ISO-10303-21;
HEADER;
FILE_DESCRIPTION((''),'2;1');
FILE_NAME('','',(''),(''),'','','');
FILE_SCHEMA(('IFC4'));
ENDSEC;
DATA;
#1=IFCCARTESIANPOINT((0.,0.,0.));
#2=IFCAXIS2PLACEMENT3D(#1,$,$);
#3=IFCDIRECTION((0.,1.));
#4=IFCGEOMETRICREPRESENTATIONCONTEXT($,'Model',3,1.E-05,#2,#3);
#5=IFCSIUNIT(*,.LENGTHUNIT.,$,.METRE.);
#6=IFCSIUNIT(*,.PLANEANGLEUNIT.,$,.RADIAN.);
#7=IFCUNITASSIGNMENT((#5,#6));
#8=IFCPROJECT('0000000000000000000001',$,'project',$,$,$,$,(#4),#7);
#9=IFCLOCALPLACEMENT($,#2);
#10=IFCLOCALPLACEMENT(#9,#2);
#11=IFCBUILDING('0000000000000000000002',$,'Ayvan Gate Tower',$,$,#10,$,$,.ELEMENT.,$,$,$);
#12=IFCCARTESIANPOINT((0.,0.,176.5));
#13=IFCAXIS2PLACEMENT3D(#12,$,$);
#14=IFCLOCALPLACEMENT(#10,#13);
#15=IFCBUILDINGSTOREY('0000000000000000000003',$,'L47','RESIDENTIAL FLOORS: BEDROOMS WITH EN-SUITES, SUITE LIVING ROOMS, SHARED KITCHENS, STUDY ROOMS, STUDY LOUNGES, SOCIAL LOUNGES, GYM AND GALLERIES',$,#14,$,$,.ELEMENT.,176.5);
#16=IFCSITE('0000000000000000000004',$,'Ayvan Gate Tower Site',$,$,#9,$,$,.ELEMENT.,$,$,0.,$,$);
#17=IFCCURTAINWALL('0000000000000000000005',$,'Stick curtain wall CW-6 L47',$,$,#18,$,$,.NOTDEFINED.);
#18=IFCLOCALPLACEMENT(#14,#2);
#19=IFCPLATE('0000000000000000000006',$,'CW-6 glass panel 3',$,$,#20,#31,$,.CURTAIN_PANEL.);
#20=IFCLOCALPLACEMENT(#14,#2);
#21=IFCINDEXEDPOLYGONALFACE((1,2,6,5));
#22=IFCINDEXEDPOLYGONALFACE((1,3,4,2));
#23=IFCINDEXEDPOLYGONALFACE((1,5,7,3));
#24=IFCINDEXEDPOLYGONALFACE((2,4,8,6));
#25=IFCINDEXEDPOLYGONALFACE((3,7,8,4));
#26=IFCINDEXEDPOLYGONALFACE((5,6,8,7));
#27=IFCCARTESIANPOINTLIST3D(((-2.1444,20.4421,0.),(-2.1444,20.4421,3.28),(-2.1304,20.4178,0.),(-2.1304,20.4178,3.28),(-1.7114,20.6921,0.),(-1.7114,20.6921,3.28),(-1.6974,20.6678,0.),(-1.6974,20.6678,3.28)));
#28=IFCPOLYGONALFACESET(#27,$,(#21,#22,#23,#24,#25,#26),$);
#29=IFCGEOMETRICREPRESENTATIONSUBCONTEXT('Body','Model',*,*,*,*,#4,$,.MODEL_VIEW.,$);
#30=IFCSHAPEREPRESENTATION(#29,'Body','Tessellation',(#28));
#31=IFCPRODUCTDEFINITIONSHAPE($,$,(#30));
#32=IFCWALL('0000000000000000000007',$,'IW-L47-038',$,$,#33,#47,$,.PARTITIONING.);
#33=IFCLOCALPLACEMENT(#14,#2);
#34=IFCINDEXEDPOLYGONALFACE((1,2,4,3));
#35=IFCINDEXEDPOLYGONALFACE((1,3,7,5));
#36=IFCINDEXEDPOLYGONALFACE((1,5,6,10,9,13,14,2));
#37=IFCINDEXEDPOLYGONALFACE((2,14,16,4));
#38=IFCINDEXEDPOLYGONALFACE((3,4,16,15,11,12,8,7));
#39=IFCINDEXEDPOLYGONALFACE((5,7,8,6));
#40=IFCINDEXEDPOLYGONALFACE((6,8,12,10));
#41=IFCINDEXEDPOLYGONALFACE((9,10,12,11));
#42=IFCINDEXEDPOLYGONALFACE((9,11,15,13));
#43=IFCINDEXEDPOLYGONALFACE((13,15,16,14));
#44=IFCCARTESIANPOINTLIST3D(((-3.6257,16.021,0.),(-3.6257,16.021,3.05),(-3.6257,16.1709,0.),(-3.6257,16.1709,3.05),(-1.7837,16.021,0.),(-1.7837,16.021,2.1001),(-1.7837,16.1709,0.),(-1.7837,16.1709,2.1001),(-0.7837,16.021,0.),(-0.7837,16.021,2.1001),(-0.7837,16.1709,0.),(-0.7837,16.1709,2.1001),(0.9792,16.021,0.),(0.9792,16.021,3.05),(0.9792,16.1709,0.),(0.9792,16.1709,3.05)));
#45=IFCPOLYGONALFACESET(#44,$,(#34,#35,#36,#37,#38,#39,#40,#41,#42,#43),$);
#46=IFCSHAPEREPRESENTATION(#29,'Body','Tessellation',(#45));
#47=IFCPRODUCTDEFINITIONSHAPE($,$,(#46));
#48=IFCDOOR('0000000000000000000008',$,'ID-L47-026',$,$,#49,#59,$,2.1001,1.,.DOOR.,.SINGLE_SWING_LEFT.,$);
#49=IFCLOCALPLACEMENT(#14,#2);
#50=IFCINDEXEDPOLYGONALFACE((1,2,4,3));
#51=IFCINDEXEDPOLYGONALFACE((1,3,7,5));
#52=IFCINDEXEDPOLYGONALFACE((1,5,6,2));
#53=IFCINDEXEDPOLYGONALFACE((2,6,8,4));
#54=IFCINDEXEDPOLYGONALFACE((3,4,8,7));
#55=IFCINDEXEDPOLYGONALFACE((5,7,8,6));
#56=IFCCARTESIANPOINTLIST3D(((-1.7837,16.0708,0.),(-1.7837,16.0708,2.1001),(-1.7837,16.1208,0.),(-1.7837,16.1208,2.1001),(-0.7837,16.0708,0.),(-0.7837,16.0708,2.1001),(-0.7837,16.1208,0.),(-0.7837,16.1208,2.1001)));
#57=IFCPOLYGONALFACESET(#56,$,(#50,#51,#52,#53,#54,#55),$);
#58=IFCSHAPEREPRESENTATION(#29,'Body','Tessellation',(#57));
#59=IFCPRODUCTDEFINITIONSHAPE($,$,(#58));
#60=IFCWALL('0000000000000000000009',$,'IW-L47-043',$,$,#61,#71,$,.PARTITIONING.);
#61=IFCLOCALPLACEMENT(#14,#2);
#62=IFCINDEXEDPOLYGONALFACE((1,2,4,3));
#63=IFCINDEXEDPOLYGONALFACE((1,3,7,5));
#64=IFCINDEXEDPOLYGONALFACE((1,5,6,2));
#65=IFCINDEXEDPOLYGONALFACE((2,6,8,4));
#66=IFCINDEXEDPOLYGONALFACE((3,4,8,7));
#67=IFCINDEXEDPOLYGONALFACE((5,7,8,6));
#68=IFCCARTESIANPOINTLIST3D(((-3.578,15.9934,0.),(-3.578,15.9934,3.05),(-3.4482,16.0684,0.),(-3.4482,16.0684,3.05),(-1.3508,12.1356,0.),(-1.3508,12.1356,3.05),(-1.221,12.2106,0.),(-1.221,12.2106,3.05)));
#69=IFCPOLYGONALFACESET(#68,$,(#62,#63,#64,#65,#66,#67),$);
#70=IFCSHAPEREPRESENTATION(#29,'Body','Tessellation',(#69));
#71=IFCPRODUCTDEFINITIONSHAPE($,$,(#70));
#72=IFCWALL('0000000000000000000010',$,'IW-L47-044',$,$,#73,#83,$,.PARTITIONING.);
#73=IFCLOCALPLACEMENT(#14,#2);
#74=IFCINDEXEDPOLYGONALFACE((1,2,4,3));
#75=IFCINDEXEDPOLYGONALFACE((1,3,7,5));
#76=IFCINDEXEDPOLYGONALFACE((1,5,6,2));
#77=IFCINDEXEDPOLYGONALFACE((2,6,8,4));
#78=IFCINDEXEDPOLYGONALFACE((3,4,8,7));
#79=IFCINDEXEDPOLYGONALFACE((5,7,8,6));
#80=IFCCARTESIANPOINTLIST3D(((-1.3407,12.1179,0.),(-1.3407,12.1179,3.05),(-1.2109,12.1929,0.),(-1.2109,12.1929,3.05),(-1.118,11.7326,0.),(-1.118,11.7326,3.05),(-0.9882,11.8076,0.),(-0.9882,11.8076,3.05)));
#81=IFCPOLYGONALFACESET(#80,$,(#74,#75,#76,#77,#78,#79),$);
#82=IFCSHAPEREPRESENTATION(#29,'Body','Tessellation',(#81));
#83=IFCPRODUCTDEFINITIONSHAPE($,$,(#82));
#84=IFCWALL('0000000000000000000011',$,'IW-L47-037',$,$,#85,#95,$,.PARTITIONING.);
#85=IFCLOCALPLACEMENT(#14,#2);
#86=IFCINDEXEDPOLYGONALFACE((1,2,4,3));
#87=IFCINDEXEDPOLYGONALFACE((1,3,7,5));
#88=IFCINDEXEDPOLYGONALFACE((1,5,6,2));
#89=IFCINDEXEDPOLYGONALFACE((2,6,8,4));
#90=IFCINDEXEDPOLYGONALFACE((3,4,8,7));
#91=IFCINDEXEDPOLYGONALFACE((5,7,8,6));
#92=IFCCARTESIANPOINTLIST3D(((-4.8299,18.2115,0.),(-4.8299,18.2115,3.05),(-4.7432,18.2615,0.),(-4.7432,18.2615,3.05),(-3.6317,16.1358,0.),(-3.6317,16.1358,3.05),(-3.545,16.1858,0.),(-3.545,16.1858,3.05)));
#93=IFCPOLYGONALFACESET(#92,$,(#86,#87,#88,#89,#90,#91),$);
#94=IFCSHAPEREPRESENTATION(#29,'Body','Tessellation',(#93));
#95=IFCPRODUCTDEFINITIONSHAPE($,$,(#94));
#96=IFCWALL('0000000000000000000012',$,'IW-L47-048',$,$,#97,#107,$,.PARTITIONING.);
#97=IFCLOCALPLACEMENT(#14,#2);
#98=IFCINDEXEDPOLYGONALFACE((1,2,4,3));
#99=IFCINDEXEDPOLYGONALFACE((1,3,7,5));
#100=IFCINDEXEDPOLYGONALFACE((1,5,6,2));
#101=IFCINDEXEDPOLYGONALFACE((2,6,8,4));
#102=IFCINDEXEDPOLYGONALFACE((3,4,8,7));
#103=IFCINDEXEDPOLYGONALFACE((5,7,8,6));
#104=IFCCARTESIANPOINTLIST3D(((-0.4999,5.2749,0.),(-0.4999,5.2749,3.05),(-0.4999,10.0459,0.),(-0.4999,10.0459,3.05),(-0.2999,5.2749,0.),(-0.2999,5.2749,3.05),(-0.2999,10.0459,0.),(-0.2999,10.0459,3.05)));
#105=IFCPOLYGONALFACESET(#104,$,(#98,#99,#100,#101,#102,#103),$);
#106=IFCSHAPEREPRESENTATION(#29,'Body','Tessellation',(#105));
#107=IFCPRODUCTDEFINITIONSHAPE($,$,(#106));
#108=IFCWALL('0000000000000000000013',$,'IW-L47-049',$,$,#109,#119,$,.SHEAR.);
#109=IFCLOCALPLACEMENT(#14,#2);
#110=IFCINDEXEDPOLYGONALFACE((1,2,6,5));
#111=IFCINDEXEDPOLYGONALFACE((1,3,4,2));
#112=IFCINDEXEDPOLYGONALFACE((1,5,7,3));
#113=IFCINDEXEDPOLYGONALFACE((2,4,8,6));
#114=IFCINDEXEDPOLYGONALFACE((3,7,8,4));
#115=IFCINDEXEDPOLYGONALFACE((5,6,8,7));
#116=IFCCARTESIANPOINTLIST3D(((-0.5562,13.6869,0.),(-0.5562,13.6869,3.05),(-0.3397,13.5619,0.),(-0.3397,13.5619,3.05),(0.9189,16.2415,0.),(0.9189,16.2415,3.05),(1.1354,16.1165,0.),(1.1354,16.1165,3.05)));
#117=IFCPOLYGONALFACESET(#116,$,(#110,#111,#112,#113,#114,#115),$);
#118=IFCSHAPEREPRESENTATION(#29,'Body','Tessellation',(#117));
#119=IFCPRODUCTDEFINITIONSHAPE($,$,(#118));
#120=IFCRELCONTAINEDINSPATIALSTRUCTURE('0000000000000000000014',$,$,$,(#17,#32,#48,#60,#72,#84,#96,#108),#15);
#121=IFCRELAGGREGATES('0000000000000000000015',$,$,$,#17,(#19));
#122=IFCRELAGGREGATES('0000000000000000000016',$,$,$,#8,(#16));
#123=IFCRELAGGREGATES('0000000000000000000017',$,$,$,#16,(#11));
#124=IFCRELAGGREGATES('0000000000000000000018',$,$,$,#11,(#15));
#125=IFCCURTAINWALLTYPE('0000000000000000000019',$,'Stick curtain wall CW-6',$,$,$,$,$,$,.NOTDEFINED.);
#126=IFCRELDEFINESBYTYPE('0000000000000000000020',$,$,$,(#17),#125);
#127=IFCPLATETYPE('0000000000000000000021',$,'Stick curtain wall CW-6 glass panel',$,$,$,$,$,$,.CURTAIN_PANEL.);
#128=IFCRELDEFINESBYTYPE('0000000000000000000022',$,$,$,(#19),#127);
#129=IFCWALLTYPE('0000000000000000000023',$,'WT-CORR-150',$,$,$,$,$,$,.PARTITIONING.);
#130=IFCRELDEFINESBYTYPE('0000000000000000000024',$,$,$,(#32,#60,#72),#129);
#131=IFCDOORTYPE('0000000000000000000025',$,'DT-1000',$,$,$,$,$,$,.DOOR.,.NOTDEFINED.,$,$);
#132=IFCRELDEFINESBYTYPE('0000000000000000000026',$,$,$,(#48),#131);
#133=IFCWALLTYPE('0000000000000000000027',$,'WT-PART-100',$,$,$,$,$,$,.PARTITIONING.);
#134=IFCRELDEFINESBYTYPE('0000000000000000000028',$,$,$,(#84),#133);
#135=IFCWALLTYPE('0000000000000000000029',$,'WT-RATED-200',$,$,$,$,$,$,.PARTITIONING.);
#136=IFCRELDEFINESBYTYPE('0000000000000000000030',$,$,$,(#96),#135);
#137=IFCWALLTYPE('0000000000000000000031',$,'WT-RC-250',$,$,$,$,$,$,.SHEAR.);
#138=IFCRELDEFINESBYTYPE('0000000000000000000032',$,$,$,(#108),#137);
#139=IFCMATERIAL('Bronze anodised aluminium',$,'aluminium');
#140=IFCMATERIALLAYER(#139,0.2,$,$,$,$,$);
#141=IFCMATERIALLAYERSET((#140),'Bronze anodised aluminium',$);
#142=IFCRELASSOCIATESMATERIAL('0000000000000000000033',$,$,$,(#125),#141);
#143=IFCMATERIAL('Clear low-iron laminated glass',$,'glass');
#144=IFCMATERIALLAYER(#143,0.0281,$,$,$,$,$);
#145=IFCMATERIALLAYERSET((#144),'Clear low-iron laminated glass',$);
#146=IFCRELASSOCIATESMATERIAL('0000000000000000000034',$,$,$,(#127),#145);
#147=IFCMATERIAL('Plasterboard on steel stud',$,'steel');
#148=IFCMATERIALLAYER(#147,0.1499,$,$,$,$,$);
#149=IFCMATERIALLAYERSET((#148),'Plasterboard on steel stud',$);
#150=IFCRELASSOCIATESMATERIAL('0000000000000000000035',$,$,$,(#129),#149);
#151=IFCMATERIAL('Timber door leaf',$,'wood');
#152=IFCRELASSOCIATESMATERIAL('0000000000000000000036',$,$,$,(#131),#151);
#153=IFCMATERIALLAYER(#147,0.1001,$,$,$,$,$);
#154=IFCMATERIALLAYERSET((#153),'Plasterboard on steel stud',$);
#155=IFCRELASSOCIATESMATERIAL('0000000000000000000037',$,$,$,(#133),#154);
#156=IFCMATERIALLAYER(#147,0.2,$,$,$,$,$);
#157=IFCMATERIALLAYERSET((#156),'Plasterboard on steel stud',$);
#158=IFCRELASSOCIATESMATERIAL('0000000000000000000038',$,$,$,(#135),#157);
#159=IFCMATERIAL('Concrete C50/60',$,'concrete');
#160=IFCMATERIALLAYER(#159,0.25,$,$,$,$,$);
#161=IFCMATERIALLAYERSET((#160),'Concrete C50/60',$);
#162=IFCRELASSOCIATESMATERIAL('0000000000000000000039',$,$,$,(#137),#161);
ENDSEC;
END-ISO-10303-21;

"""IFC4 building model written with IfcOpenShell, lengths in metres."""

from ifc_helpers import new_model, si_unit, direction, frame, frame_2d, origin, origin_2d, place, context, subcontext, project, spatial, rectangle, extrude, material, layer, layer_set, type_object, element, fill, aggregate, save


model = new_model("IFC4")

# Units and contexts
model_context = context("Model", 3, precision=1e-05, world=origin(), true_north=direction((0.0, 1.0)))
body_context = subcontext(model_context, "Body", "Model", "MODEL_VIEW")
ifc_project = project(units=[si_unit("LENGTHUNIT", "METRE"), si_unit("PLANEANGLEUNIT", "RADIAN")], contexts=[model_context])

# Site, building, storey
site_placement = place(None, origin())
site = spatial("IfcSite", under=ifc_project, at=site_placement, Name="Ayvan Gate Tower Site", CompositionType="ELEMENT", RefElevation=0.0)
building_placement = place(site_placement, origin())
building = spatial("IfcBuilding", under=site, at=building_placement, Name="Ayvan Gate Tower", CompositionType="ELEMENT")
storey_placement = place(building_placement, frame((0.0, 0.0, 176.5)))
storey = spatial("IfcBuildingStorey", under=building, at=storey_placement, Name="L47", Description="RESIDENTIAL FLOORS: BEDROOMS WITH EN-SUITES, SUITE LIVING ROOMS, SHARED KITCHENS, STUDY ROOMS, STUDY LOUNGES, SOCIAL LOUNGES, GYM AND GALLERIES", CompositionType="ELEMENT", Elevation=176.5)

# Curtain wall
ifc_material_1 = material(Name="Bronze anodised aluminium", Category="aluminium")
ifc_layer_1 = layer(ifc_material_1, 0.2)
ifc_layer_set_1 = layer_set([ifc_layer_1], Name="Bronze anodised aluminium")
curtain_wall_type_1 = type_object("IfcCurtainWallType", Name="Stick curtain wall CW-6", PredefinedType="NOTDEFINED", material=ifc_layer_set_1)
curtain_wall_1_placement = place(storey_placement, origin())
curtain_wall_1 = element("IfcCurtainWall", 1, at=curtain_wall_1_placement, inside=storey, type_object=curtain_wall_type_1, Name="Stick curtain wall CW-6 L47", PredefinedType="NOTDEFINED")

# Plate
ifc_material_2 = material(Name="Clear low-iron laminated glass", Category="glass")
ifc_layer_2 = layer(ifc_material_2, 0.0281)
ifc_layer_set_2 = layer_set([ifc_layer_2], Name="Clear low-iron laminated glass")
plate_type_1 = type_object("IfcPlateType", Name="Stick curtain wall CW-6 glass panel", PredefinedType="CURTAIN_PANEL", material=ifc_layer_set_2)
plate_1_placement = place(storey_placement, frame((-1.9209, 20.5549, 0.0), z_axis=(0.0, 0.0, 1.0), x_axis=(-0.866025, -0.5, 0.0)))
plate_1 = element("IfcPlate", 2, at=plate_1_placement, type_object=plate_type_1, Name="CW-6 glass panel 3", PredefinedType="CURTAIN_PANEL", context=body_context, shape_type="SweptSolid", body=[
    extrude(rectangle(XDim=0.5, YDim=0.0281, at=origin_2d()), origin(), (0.0, 0.0, 1.0), 3.28),
])
aggregate(curtain_wall_1, [plate_1])

# Wall, opening, door
ifc_material_3 = material(Name="Plasterboard on steel stud", Category="steel")
ifc_layer_3 = layer(ifc_material_3, 0.1499)
ifc_layer_set_3 = layer_set([ifc_layer_3], Name="Plasterboard on steel stud")
wall_type_1 = type_object("IfcWallType", Name="WT-CORR-150", PredefinedType="PARTITIONING", material=ifc_layer_set_3)
wall_1_placement = place(storey_placement, frame((-3.6257, 16.0959, 0.0), z_axis=(0.0, 0.0, 1.0), x_axis=(1.0, 0.0, 0.0)))
wall_1 = element("IfcWall", 3, at=wall_1_placement, inside=storey, type_object=wall_type_1, Name="IW-L47-038", PredefinedType="PARTITIONING", context=body_context, shape_type="SweptSolid", body=[
    extrude(rectangle(XDim=4.605, YDim=0.1499, at=frame_2d((2.3025, 0.0))), origin(), (0.0, 0.0, 1.0), 3.05),
])
opening_placement = place(wall_1_placement, frame((1.842, 0.0, 0.0)))
opening = element("IfcOpeningElement", 4, at=opening_placement, cuts=wall_1, PredefinedType="OPENING", context=body_context, shape_type="SweptSolid", body=[
    extrude(rectangle(XDim=1.0, YDim=2.1001, at=frame_2d((0.5, 1.05))), frame((0.0, 0.085, 0.0), z_axis=(0.0, -1.0, 0.0), x_axis=(1.0, 0.0, 0.0)), (0.0, 0.0, 1.0), 0.1699),
])
ifc_material_4 = material(Name="Timber door leaf", Category="wood")
door_type = type_object("IfcDoorType", Name="DT-1000", OperationType="NOTDEFINED", PredefinedType="DOOR", material=ifc_material_4)
door_placement = place(opening_placement, origin())
door = element("IfcDoor", 5, at=door_placement, inside=storey, type_object=door_type, Name="ID-L47-026", OperationType="SINGLE_SWING_LEFT", OverallHeight=2.1001, OverallWidth=1.0, PredefinedType="DOOR", context=body_context, shape_type="SweptSolid", body=[
    extrude(rectangle(XDim=1.0, YDim=2.1001, at=frame_2d((0.5, 1.05))), frame((0.0, 0.0249, 0.0), z_axis=(0.0, -1.0, 0.0), x_axis=(1.0, 0.0, 0.0)), (0.0, 0.0, 1.0), 0.05),
])
fill(opening, door)

# Walls
wall_2_placement = place(storey_placement, frame((-1.2859, 12.1731, 0.0), z_axis=(0.0, 0.0, 1.0), x_axis=(-0.499988, 0.866032, 0.0)))
element("IfcWall", 6, at=wall_2_placement, inside=storey, type_object=wall_type_1, Name="IW-L47-043", PredefinedType="PARTITIONING", context=body_context, shape_type="SweptSolid", body=[
    extrude(rectangle(XDim=4.4546, YDim=0.1499, at=frame_2d((2.2273, 0.0))), origin(), (0.0, 0.0, 1.0), 3.05),
])
wall_3_placement = place(storey_placement, frame((-1.2759, 12.1555, 0.0), z_axis=(0.0, 0.0, 1.0), x_axis=(0.500387, -0.865802, 0.0)))
element("IfcWall", 7, at=wall_3_placement, inside=storey, type_object=wall_type_1, Name="IW-L47-044", PredefinedType="PARTITIONING", context=body_context, shape_type="SweptSolid", body=[
    extrude(rectangle(XDim=0.4451, YDim=0.1499, at=frame_2d((0.2227, 0.0))), origin(), (0.0, 0.0, 1.0), 3.05),
])
ifc_layer_4 = layer(ifc_material_3, 0.1001)
ifc_layer_set_4 = layer_set([ifc_layer_4], Name="Plasterboard on steel stud")
wall_type_2 = type_object("IfcWallType", Name="WT-PART-100", PredefinedType="PARTITIONING", material=ifc_layer_set_4)
wall_4_placement = place(storey_placement, frame((-3.5884, 16.1609, 0.0), z_axis=(0.0, 0.0, 1.0), x_axis=(-0.499952, 0.866053, 0.0)))
element("IfcWall", 8, at=wall_4_placement, inside=storey, type_object=wall_type_2, Name="IW-L47-037", PredefinedType="PARTITIONING", context=body_context, shape_type="SweptSolid", body=[
    extrude(rectangle(XDim=2.3967, YDim=0.1001, at=frame_2d((1.1982, 0.0))), origin(), (0.0, 0.0, 1.0), 3.05),
])
ifc_layer_5 = layer(ifc_material_3, 0.2)
ifc_layer_set_5 = layer_set([ifc_layer_5], Name="Plasterboard on steel stud")
wall_type_3 = type_object("IfcWallType", Name="WT-RATED-200", PredefinedType="PARTITIONING", material=ifc_layer_set_5)
wall_5_placement = place(storey_placement, frame((-0.3999, 10.0459, 0.0), z_axis=(0.0, 0.0, 1.0), x_axis=(0.0, -1.0, 0.0)))
element("IfcWall", 9, at=wall_5_placement, inside=storey, type_object=wall_type_3, Name="IW-L47-048", PredefinedType="PARTITIONING", context=body_context, shape_type="SweptSolid", body=[
    extrude(rectangle(XDim=4.771, YDim=0.2, at=frame_2d((2.3855, 0.0))), origin(), (0.0, 0.0, 1.0), 3.05),
])
ifc_material_5 = material(Name="Concrete C50/60", Category="concrete")
ifc_layer_6 = layer(ifc_material_5, 0.25)
ifc_layer_set_6 = layer_set([ifc_layer_6], Name="Concrete C50/60")
wall_type_4 = type_object("IfcWallType", Name="WT-RC-250", PredefinedType="SHEAR", material=ifc_layer_set_6)
wall_6_placement = place(storey_placement, frame((-0.448, 13.6243, 0.0), z_axis=(0.0, 0.0, 1.0), x_axis=(0.500038, 0.866004, 0.0)))
element("IfcWall", 10, at=wall_6_placement, inside=storey, type_object=wall_type_4, Name="IW-L47-049", PredefinedType="SHEAR", context=body_context, shape_type="SweptSolid", body=[
    extrude(rectangle(XDim=2.95, YDim=0.25, at=frame_2d((1.4751, 0.0))), origin(), (0.0, 0.0, 1.0), 3.05),
])

save(model, "model.ifc")
